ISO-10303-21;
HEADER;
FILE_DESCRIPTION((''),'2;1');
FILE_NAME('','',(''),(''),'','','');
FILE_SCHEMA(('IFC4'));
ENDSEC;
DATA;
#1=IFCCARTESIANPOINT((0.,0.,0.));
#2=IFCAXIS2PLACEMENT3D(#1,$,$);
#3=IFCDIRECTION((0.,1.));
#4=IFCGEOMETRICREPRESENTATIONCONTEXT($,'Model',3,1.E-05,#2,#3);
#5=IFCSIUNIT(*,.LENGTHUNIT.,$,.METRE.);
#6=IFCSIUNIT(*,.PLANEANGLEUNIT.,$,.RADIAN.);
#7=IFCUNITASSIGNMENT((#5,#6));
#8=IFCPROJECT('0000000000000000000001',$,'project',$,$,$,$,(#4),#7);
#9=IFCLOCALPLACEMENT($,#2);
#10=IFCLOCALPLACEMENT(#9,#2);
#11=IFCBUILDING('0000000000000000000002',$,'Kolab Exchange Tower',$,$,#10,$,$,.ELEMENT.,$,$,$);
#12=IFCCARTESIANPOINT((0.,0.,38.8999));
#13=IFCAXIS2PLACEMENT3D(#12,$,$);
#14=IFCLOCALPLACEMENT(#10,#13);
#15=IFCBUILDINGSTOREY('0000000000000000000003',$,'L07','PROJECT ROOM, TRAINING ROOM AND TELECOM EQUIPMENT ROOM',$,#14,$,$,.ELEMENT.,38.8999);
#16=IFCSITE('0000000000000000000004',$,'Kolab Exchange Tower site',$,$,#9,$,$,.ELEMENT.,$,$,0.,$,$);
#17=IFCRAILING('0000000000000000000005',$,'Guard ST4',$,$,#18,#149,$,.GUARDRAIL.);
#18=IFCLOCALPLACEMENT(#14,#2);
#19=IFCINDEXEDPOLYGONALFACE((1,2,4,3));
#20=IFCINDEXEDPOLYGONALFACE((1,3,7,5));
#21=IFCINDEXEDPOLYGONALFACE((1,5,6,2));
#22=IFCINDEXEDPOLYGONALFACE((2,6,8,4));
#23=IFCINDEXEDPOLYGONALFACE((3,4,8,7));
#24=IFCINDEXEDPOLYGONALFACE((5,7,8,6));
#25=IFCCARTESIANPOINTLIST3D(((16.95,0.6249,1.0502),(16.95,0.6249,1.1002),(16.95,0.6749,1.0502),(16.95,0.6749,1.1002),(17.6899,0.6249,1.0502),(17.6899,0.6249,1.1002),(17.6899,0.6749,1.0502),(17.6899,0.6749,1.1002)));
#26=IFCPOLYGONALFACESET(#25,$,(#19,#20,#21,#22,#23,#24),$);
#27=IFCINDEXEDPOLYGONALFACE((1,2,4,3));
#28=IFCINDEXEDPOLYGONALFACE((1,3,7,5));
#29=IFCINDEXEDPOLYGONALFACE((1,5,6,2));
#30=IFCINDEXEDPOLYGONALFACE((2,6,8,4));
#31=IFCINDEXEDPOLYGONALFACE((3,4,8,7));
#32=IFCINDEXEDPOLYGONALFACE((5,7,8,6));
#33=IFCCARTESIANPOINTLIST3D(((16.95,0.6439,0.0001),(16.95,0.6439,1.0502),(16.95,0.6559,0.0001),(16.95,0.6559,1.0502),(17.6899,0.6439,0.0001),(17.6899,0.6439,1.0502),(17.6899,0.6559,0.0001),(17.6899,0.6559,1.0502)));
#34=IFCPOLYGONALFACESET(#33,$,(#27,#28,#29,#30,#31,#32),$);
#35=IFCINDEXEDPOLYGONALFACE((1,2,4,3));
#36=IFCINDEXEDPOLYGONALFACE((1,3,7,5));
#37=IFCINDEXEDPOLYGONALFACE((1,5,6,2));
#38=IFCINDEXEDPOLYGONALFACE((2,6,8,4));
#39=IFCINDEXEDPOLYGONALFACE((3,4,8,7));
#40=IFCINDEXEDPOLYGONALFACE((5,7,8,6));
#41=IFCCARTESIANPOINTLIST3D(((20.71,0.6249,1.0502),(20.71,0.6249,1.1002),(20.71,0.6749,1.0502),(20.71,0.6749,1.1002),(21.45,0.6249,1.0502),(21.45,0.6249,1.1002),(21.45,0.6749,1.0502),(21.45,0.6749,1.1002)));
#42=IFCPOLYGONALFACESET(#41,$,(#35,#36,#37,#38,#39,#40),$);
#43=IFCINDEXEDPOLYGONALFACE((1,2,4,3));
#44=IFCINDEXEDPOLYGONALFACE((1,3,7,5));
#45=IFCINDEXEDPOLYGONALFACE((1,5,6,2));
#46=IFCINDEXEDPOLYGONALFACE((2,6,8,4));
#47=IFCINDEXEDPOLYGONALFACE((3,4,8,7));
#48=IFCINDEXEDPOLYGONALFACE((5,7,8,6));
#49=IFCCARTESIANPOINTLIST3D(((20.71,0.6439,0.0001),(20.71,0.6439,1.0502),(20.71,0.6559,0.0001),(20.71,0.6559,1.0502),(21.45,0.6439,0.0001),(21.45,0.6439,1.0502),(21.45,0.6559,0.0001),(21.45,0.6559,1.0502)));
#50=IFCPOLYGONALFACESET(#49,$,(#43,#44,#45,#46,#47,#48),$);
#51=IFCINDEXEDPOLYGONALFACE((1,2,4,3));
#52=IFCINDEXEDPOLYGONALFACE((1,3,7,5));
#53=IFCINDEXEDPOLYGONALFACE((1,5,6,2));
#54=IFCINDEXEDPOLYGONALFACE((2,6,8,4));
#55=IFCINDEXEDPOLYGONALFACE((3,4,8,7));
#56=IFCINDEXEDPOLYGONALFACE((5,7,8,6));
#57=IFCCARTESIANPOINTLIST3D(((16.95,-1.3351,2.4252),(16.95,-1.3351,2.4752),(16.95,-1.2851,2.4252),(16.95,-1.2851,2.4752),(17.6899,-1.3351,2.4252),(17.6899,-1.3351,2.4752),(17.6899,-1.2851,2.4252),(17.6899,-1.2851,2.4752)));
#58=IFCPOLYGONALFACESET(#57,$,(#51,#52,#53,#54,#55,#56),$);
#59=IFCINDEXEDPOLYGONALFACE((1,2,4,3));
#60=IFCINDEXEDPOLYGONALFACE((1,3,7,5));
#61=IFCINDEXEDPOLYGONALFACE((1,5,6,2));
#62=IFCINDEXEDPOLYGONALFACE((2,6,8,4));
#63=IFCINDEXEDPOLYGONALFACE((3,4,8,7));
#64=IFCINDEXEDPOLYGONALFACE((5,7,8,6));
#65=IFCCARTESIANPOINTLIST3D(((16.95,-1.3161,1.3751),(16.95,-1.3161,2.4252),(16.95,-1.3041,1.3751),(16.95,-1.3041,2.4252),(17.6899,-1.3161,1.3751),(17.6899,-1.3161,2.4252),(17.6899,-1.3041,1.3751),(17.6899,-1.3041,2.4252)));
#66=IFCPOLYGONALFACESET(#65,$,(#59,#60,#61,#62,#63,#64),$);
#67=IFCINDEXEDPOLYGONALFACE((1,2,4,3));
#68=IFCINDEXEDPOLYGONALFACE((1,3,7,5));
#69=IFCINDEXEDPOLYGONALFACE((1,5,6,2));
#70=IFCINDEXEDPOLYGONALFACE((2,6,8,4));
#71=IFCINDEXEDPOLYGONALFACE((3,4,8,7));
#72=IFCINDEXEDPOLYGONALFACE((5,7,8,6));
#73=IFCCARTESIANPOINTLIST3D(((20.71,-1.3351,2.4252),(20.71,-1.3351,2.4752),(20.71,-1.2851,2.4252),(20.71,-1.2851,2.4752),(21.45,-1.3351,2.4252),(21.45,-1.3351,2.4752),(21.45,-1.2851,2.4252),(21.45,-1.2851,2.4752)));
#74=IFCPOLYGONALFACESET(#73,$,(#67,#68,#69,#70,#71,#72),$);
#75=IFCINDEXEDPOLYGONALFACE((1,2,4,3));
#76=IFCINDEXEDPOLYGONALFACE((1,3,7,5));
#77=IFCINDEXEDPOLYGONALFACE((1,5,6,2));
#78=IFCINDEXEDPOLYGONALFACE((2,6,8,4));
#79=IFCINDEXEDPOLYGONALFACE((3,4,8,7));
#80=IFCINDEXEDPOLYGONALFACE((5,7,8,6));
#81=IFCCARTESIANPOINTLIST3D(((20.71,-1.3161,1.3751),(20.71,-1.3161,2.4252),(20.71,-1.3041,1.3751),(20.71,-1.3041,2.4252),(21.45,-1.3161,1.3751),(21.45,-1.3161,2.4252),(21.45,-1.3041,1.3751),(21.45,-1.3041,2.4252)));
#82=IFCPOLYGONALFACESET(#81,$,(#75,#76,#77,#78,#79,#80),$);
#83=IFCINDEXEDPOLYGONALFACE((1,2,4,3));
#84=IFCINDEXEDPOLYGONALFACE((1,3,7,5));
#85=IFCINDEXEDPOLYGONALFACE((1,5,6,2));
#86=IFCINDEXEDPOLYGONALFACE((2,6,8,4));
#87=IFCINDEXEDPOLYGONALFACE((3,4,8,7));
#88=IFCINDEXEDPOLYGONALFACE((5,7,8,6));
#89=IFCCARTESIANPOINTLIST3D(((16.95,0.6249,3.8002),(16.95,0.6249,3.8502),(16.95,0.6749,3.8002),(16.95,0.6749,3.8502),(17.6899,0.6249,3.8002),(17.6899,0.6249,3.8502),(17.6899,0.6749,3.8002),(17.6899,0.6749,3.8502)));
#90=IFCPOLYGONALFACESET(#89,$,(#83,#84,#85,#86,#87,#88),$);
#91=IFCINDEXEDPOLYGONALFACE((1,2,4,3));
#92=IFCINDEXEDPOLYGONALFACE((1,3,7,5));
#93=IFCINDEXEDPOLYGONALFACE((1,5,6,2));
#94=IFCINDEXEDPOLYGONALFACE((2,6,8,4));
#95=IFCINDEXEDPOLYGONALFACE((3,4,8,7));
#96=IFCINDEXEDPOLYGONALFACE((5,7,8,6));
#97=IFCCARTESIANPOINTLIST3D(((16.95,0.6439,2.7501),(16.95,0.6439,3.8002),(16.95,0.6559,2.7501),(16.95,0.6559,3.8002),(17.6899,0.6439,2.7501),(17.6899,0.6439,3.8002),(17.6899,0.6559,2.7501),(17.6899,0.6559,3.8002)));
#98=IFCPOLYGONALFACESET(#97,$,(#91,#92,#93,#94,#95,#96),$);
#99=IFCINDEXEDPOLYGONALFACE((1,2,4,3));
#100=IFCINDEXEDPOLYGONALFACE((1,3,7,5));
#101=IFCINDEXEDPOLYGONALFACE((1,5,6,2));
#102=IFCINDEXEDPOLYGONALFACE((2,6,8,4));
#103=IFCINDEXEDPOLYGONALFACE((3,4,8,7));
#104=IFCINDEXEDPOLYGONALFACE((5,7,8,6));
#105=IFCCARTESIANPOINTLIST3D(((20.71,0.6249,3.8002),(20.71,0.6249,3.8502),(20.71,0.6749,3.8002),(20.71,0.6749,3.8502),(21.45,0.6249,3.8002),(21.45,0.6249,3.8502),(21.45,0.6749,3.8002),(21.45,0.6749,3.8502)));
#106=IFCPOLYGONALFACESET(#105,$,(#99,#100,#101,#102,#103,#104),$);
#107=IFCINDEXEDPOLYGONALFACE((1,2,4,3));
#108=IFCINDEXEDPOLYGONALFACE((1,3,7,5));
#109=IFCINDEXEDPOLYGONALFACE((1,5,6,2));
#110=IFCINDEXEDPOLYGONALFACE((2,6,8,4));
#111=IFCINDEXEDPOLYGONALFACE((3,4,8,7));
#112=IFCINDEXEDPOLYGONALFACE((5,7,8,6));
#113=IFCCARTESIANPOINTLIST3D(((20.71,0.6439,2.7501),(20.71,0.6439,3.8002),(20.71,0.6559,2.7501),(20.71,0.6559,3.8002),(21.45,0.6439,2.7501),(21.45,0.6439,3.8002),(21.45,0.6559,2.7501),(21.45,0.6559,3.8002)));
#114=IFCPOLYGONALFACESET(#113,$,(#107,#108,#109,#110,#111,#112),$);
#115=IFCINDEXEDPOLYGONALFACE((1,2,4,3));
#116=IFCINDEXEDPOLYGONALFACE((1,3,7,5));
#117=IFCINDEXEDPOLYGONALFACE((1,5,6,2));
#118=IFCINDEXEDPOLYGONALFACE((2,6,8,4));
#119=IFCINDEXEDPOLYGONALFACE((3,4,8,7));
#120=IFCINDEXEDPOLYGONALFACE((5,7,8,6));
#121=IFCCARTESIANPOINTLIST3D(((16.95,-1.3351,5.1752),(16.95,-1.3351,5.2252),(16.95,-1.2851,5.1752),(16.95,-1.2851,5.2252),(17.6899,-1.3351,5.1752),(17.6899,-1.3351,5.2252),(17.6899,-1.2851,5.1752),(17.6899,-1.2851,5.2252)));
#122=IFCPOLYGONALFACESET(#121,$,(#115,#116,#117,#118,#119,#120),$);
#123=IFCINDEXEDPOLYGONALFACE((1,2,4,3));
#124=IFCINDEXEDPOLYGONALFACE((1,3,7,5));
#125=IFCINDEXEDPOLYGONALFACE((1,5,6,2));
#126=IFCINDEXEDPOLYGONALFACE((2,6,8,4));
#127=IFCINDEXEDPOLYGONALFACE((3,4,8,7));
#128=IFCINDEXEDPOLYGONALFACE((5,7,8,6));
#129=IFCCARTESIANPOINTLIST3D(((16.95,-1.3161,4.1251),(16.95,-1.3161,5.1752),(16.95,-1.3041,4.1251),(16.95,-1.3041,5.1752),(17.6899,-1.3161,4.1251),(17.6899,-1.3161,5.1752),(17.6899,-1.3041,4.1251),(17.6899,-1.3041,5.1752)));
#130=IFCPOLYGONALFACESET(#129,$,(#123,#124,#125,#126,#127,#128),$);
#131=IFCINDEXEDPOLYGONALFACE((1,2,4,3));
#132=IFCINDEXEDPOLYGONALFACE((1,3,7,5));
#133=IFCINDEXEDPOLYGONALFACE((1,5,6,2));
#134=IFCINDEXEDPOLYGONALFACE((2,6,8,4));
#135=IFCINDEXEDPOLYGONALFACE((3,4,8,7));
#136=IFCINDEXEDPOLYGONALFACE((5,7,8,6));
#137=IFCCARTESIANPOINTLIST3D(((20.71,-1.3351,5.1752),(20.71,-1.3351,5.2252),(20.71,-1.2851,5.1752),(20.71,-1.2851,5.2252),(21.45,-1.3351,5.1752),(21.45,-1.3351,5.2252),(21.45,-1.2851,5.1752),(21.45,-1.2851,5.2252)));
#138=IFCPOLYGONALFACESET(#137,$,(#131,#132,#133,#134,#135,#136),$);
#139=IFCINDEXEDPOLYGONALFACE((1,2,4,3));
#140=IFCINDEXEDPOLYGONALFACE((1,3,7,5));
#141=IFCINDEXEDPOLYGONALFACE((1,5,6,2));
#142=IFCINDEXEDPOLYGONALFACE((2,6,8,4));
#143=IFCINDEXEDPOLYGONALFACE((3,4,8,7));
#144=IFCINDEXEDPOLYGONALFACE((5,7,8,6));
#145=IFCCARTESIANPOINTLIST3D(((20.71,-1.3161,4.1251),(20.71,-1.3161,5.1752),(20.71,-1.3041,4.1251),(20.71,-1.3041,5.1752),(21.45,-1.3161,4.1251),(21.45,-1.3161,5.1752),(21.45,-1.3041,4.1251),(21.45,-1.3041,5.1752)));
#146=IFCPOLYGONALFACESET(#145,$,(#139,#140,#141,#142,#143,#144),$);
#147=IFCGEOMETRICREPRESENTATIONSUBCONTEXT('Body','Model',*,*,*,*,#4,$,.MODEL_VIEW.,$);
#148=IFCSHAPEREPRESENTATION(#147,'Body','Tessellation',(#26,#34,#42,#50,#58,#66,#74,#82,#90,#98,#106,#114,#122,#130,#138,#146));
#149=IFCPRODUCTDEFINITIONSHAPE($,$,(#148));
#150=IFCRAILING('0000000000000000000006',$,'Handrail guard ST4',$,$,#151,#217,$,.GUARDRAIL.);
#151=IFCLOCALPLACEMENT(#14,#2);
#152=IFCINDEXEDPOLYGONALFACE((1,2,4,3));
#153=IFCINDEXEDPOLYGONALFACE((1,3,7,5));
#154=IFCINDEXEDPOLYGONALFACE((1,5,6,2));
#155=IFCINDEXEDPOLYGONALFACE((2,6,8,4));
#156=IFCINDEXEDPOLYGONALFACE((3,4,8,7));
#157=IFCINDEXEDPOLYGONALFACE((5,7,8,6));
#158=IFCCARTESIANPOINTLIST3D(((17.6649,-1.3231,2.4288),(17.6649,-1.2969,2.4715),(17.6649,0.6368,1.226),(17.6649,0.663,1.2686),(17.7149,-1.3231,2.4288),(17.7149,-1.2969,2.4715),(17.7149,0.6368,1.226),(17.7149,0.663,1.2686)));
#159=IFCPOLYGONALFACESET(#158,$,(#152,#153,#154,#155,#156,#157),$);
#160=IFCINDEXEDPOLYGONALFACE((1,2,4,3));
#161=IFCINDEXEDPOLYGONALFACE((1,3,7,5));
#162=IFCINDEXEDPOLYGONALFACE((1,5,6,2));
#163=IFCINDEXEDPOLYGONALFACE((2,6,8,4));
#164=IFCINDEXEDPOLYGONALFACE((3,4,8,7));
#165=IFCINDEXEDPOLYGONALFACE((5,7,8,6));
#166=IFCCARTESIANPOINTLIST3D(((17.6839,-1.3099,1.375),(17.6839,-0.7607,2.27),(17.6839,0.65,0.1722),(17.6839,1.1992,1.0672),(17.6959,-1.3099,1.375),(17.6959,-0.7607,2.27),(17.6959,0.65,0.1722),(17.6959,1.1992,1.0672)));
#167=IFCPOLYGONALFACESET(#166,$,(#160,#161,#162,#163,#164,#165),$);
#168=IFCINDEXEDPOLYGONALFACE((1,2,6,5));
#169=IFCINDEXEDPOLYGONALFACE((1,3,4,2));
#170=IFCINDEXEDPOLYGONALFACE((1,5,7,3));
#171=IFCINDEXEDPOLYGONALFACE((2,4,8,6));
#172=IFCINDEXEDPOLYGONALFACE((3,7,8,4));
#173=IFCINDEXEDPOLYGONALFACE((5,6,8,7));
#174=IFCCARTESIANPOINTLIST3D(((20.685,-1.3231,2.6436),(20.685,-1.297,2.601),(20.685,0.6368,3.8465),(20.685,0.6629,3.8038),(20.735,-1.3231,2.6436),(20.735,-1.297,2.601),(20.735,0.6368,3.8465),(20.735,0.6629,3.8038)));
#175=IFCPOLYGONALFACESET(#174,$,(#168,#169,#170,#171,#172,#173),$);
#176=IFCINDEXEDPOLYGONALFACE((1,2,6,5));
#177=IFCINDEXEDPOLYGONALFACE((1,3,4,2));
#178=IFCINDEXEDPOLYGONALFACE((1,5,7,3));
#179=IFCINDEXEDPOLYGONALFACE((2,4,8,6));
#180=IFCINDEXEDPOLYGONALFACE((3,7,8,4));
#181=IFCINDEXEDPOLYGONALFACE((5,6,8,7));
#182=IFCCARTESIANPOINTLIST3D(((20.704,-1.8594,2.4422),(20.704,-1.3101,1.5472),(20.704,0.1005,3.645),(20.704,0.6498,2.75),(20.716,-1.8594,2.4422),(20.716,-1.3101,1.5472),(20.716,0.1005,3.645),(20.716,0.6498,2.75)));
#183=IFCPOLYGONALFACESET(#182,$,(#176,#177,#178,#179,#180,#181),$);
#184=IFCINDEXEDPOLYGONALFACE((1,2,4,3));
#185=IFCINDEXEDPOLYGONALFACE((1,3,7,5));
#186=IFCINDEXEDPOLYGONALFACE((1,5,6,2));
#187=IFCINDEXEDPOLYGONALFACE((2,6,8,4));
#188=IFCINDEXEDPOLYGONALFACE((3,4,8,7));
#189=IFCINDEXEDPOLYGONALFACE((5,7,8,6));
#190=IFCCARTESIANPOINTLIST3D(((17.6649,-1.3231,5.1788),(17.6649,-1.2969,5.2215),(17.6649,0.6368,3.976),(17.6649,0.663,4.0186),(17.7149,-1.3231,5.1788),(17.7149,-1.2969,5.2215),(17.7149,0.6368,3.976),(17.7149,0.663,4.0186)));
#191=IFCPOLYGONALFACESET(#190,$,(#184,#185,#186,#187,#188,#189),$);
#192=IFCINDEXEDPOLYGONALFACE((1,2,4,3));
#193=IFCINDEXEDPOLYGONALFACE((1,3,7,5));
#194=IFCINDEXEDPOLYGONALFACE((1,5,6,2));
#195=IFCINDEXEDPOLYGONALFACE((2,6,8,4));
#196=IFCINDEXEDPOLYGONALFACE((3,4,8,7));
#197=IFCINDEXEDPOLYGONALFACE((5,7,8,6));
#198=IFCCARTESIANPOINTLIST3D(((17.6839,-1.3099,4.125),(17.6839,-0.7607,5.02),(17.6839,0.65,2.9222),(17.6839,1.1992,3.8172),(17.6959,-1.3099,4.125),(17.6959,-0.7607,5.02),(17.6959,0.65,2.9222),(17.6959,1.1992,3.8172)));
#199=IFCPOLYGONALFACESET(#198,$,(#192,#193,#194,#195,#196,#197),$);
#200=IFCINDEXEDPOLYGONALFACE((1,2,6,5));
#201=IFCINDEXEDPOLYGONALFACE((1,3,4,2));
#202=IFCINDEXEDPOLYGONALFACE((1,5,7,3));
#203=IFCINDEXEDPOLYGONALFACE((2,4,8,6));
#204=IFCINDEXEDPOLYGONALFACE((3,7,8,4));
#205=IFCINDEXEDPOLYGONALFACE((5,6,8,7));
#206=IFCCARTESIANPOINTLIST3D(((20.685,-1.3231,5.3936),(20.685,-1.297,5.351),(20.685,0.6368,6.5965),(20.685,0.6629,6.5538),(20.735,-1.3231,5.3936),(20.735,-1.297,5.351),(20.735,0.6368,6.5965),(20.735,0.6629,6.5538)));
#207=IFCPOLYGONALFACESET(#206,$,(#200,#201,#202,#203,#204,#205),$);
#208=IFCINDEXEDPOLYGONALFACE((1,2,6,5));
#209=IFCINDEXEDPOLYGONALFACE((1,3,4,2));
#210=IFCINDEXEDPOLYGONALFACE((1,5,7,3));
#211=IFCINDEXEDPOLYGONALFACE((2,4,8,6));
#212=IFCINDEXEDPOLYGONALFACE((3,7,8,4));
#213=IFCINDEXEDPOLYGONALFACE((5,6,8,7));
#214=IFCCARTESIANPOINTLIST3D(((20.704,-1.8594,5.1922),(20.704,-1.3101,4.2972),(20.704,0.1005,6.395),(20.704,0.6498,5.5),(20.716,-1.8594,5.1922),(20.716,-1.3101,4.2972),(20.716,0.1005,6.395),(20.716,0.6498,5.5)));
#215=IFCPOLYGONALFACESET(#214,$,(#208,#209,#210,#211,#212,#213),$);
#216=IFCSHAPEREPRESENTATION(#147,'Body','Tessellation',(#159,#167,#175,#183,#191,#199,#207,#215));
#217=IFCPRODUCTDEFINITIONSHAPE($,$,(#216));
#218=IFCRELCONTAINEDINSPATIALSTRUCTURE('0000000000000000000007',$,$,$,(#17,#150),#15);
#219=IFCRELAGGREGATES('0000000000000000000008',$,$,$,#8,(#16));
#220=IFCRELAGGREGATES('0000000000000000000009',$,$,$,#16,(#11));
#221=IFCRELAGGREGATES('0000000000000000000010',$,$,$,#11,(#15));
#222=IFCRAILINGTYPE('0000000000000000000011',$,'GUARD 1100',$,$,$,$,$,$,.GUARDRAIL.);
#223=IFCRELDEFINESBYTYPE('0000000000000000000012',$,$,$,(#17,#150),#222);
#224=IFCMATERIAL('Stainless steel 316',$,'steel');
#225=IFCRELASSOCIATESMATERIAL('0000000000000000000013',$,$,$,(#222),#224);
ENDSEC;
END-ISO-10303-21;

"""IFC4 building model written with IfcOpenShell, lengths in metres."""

from ifc_helpers import new_model, si_unit, direction, frame, frame_2d, origin, origin_2d, place, context, subcontext, project, spatial, rectangle, extrude, material, type_object, element, save


model = new_model("IFC4")

# Units and contexts
model_context = context("Model", 3, precision=1e-05, world=origin(), true_north=direction((0.0, 1.0)))
body_context = subcontext(model_context, "Body", "Model", "MODEL_VIEW")
ifc_project = project(units=[si_unit("LENGTHUNIT", "METRE"), si_unit("PLANEANGLEUNIT", "RADIAN")], contexts=[model_context])

# Site, building, storey
site_placement = place(None, origin())
site = spatial("IfcSite", under=ifc_project, at=site_placement, Name="Kolab Exchange Tower site", CompositionType="ELEMENT", RefElevation=0.0)
building_placement = place(site_placement, origin())
building = spatial("IfcBuilding", under=site, at=building_placement, Name="Kolab Exchange Tower", CompositionType="ELEMENT")
storey_placement = place(building_placement, frame((0.0, 0.0, 38.8999)))
storey = spatial("IfcBuildingStorey", under=building, at=storey_placement, Name="L07", Description="PROJECT ROOM, TRAINING ROOM AND TELECOM EQUIPMENT ROOM", CompositionType="ELEMENT", Elevation=38.8999)

# Railings
ifc_material_1 = material(Name="Stainless steel 316", Category="steel")
railing_type = type_object("IfcRailingType", Name="GUARD 1100", PredefinedType="GUARDRAIL", material=ifc_material_1)
railing_1_placement = place(storey_placement, frame((16.95, 0.6499, 0.0)))
element("IfcRailing", 1, at=railing_1_placement, inside=storey, type_object=railing_type, Name="Guard ST4", PredefinedType="GUARDRAIL", context=body_context, shape_type="SweptSolid", body=[
    extrude(rectangle(XDim=0.05, YDim=0.05, at=origin_2d()), frame((0.0, 0.0, 1.0752), z_axis=(1.0, 0.0, 0.0), x_axis=(0.0, 1.0, 0.0)), (0.0, 0.0, 1.0), 0.74),
    extrude(rectangle(XDim=0.012, YDim=1.0501, at=frame_2d((0.0, 0.5251))), frame((0.0, 0.0, 0.0), z_axis=(1.0, 0.0, 0.0), x_axis=(0.0, 1.0, 0.0)), (0.0, 0.0, 1.0), 0.74),
    extrude(rectangle(XDim=0.05, YDim=0.05, at=origin_2d()), frame((3.76, 0.0, 1.0752), z_axis=(1.0, 0.0, 0.0), x_axis=(0.0, 1.0, 0.0)), (0.0, 0.0, 1.0), 0.74),
    extrude(rectangle(XDim=0.012, YDim=1.0501, at=frame_2d((0.0, 0.5251))), frame((3.76, 0.0, 0.0), z_axis=(1.0, 0.0, 0.0), x_axis=(0.0, 1.0, 0.0)), (0.0, 0.0, 1.0), 0.74),
    extrude(rectangle(XDim=0.05, YDim=0.05, at=origin_2d()), frame((0.0, -1.96, 2.4502), z_axis=(1.0, 0.0, 0.0), x_axis=(0.0, 1.0, 0.0)), (0.0, 0.0, 1.0), 0.74),
    extrude(rectangle(XDim=0.012, YDim=1.0501, at=frame_2d((0.0, 0.5251))), frame((0.0, -1.96, 1.375), z_axis=(1.0, 0.0, 0.0), x_axis=(0.0, 1.0, 0.0)), (0.0, 0.0, 1.0), 0.74),
    extrude(rectangle(XDim=0.05, YDim=0.05, at=origin_2d()), frame((3.76, -1.96, 2.4502), z_axis=(1.0, 0.0, 0.0), x_axis=(0.0, 1.0, 0.0)), (0.0, 0.0, 1.0), 0.74),
    extrude(rectangle(XDim=0.012, YDim=1.0501, at=frame_2d((0.0, 0.5251))), frame((3.76, -1.96, 1.375), z_axis=(1.0, 0.0, 0.0), x_axis=(0.0, 1.0, 0.0)), (0.0, 0.0, 1.0), 0.74),
    extrude(rectangle(XDim=0.05, YDim=0.05, at=origin_2d()), frame((0.0, 0.0, 3.8252), z_axis=(1.0, 0.0, 0.0), x_axis=(0.0, 1.0, 0.0)), (0.0, 0.0, 1.0), 0.74),
    extrude(rectangle(XDim=0.012, YDim=1.0501, at=frame_2d((0.0, 0.5251))), frame((0.0, 0.0, 2.75), z_axis=(1.0, 0.0, 0.0), x_axis=(0.0, 1.0, 0.0)), (0.0, 0.0, 1.0), 0.74),
    extrude(rectangle(XDim=0.05, YDim=0.05, at=origin_2d()), frame((3.76, 0.0, 3.8252), z_axis=(1.0, 0.0, 0.0), x_axis=(0.0, 1.0, 0.0)), (0.0, 0.0, 1.0), 0.74),
    extrude(rectangle(XDim=0.012, YDim=1.0501, at=frame_2d((0.0, 0.5251))), frame((3.76, 0.0, 2.75), z_axis=(1.0, 0.0, 0.0), x_axis=(0.0, 1.0, 0.0)), (0.0, 0.0, 1.0), 0.74),
    extrude(rectangle(XDim=0.05, YDim=0.05, at=origin_2d()), frame((0.0, -1.96, 5.2002), z_axis=(1.0, 0.0, 0.0), x_axis=(0.0, 1.0, 0.0)), (0.0, 0.0, 1.0), 0.74),
    extrude(rectangle(XDim=0.012, YDim=1.0501, at=frame_2d((0.0, 0.5251))), frame((0.0, -1.96, 4.125), z_axis=(1.0, 0.0, 0.0), x_axis=(0.0, 1.0, 0.0)), (0.0, 0.0, 1.0), 0.74),
    extrude(rectangle(XDim=0.05, YDim=0.05, at=origin_2d()), frame((3.76, -1.96, 5.2002), z_axis=(1.0, 0.0, 0.0), x_axis=(0.0, 1.0, 0.0)), (0.0, 0.0, 1.0), 0.74),
    extrude(rectangle(XDim=0.012, YDim=1.0501, at=frame_2d((0.0, 0.5251))), frame((3.76, -1.96, 4.125), z_axis=(1.0, 0.0, 0.0), x_axis=(0.0, 1.0, 0.0)), (0.0, 0.0, 1.0), 0.74),
])
railing_2_placement = place(storey_placement, frame((17.6899, 0.6499, 0.1721)))
element("IfcRailing", 2, at=railing_2_placement, inside=storey, type_object=railing_type, Name="Handrail guard ST4", PredefinedType="GUARDRAIL", context=body_context, shape_type="SweptSolid", body=[
    extrude(rectangle(XDim=0.05, YDim=0.05, at=origin_2d()), frame((0.0, 0.0, 1.0752), z_axis=(0.0, -0.852288, 0.523072), x_axis=(1.0, 0.0, 0.0)), (0.0, 0.0, 1.0), 2.2996),
    extrude(rectangle(XDim=0.012, YDim=1.0501, at=frame_2d((0.0, 0.5251))), frame((0.0, 0.0, 0.0), z_axis=(0.0, -0.852288, 0.523072), x_axis=(1.0, 0.0, 0.0)), (0.0, 0.0, 1.0), 2.2996),
    extrude(rectangle(XDim=0.05, YDim=0.05, at=origin_2d()), frame((3.02, -1.96, 2.4502), z_axis=(0.0, 0.852288, 0.523072), x_axis=(-1.0, 0.0, 0.0)), (0.0, 0.0, 1.0), 2.2996),
    extrude(rectangle(XDim=0.012, YDim=1.0501, at=frame_2d((0.0, 0.5251))), frame((3.02, -1.96, 1.375), z_axis=(0.0, 0.852288, 0.523072), x_axis=(-1.0, 0.0, 0.0)), (0.0, 0.0, 1.0), 2.2996),
    extrude(rectangle(XDim=0.05, YDim=0.05, at=origin_2d()), frame((0.0, 0.0, 3.8252), z_axis=(0.0, -0.852288, 0.523072), x_axis=(1.0, 0.0, 0.0)), (0.0, 0.0, 1.0), 2.2996),
    extrude(rectangle(XDim=0.012, YDim=1.0501, at=frame_2d((0.0, 0.5251))), frame((0.0, 0.0, 2.75), z_axis=(0.0, -0.852288, 0.523072), x_axis=(1.0, 0.0, 0.0)), (0.0, 0.0, 1.0), 2.2996),
    extrude(rectangle(XDim=0.05, YDim=0.05, at=origin_2d()), frame((3.02, -1.96, 5.2002), z_axis=(0.0, 0.852288, 0.523072), x_axis=(-1.0, 0.0, 0.0)), (0.0, 0.0, 1.0), 2.2996),
    extrude(rectangle(XDim=0.012, YDim=1.0501, at=frame_2d((0.0, 0.5251))), frame((3.02, -1.96, 4.125), z_axis=(0.0, 0.852288, 0.523072), x_axis=(-1.0, 0.0, 0.0)), (0.0, 0.0, 1.0), 2.2996),
])

save(model, "model.ifc")
